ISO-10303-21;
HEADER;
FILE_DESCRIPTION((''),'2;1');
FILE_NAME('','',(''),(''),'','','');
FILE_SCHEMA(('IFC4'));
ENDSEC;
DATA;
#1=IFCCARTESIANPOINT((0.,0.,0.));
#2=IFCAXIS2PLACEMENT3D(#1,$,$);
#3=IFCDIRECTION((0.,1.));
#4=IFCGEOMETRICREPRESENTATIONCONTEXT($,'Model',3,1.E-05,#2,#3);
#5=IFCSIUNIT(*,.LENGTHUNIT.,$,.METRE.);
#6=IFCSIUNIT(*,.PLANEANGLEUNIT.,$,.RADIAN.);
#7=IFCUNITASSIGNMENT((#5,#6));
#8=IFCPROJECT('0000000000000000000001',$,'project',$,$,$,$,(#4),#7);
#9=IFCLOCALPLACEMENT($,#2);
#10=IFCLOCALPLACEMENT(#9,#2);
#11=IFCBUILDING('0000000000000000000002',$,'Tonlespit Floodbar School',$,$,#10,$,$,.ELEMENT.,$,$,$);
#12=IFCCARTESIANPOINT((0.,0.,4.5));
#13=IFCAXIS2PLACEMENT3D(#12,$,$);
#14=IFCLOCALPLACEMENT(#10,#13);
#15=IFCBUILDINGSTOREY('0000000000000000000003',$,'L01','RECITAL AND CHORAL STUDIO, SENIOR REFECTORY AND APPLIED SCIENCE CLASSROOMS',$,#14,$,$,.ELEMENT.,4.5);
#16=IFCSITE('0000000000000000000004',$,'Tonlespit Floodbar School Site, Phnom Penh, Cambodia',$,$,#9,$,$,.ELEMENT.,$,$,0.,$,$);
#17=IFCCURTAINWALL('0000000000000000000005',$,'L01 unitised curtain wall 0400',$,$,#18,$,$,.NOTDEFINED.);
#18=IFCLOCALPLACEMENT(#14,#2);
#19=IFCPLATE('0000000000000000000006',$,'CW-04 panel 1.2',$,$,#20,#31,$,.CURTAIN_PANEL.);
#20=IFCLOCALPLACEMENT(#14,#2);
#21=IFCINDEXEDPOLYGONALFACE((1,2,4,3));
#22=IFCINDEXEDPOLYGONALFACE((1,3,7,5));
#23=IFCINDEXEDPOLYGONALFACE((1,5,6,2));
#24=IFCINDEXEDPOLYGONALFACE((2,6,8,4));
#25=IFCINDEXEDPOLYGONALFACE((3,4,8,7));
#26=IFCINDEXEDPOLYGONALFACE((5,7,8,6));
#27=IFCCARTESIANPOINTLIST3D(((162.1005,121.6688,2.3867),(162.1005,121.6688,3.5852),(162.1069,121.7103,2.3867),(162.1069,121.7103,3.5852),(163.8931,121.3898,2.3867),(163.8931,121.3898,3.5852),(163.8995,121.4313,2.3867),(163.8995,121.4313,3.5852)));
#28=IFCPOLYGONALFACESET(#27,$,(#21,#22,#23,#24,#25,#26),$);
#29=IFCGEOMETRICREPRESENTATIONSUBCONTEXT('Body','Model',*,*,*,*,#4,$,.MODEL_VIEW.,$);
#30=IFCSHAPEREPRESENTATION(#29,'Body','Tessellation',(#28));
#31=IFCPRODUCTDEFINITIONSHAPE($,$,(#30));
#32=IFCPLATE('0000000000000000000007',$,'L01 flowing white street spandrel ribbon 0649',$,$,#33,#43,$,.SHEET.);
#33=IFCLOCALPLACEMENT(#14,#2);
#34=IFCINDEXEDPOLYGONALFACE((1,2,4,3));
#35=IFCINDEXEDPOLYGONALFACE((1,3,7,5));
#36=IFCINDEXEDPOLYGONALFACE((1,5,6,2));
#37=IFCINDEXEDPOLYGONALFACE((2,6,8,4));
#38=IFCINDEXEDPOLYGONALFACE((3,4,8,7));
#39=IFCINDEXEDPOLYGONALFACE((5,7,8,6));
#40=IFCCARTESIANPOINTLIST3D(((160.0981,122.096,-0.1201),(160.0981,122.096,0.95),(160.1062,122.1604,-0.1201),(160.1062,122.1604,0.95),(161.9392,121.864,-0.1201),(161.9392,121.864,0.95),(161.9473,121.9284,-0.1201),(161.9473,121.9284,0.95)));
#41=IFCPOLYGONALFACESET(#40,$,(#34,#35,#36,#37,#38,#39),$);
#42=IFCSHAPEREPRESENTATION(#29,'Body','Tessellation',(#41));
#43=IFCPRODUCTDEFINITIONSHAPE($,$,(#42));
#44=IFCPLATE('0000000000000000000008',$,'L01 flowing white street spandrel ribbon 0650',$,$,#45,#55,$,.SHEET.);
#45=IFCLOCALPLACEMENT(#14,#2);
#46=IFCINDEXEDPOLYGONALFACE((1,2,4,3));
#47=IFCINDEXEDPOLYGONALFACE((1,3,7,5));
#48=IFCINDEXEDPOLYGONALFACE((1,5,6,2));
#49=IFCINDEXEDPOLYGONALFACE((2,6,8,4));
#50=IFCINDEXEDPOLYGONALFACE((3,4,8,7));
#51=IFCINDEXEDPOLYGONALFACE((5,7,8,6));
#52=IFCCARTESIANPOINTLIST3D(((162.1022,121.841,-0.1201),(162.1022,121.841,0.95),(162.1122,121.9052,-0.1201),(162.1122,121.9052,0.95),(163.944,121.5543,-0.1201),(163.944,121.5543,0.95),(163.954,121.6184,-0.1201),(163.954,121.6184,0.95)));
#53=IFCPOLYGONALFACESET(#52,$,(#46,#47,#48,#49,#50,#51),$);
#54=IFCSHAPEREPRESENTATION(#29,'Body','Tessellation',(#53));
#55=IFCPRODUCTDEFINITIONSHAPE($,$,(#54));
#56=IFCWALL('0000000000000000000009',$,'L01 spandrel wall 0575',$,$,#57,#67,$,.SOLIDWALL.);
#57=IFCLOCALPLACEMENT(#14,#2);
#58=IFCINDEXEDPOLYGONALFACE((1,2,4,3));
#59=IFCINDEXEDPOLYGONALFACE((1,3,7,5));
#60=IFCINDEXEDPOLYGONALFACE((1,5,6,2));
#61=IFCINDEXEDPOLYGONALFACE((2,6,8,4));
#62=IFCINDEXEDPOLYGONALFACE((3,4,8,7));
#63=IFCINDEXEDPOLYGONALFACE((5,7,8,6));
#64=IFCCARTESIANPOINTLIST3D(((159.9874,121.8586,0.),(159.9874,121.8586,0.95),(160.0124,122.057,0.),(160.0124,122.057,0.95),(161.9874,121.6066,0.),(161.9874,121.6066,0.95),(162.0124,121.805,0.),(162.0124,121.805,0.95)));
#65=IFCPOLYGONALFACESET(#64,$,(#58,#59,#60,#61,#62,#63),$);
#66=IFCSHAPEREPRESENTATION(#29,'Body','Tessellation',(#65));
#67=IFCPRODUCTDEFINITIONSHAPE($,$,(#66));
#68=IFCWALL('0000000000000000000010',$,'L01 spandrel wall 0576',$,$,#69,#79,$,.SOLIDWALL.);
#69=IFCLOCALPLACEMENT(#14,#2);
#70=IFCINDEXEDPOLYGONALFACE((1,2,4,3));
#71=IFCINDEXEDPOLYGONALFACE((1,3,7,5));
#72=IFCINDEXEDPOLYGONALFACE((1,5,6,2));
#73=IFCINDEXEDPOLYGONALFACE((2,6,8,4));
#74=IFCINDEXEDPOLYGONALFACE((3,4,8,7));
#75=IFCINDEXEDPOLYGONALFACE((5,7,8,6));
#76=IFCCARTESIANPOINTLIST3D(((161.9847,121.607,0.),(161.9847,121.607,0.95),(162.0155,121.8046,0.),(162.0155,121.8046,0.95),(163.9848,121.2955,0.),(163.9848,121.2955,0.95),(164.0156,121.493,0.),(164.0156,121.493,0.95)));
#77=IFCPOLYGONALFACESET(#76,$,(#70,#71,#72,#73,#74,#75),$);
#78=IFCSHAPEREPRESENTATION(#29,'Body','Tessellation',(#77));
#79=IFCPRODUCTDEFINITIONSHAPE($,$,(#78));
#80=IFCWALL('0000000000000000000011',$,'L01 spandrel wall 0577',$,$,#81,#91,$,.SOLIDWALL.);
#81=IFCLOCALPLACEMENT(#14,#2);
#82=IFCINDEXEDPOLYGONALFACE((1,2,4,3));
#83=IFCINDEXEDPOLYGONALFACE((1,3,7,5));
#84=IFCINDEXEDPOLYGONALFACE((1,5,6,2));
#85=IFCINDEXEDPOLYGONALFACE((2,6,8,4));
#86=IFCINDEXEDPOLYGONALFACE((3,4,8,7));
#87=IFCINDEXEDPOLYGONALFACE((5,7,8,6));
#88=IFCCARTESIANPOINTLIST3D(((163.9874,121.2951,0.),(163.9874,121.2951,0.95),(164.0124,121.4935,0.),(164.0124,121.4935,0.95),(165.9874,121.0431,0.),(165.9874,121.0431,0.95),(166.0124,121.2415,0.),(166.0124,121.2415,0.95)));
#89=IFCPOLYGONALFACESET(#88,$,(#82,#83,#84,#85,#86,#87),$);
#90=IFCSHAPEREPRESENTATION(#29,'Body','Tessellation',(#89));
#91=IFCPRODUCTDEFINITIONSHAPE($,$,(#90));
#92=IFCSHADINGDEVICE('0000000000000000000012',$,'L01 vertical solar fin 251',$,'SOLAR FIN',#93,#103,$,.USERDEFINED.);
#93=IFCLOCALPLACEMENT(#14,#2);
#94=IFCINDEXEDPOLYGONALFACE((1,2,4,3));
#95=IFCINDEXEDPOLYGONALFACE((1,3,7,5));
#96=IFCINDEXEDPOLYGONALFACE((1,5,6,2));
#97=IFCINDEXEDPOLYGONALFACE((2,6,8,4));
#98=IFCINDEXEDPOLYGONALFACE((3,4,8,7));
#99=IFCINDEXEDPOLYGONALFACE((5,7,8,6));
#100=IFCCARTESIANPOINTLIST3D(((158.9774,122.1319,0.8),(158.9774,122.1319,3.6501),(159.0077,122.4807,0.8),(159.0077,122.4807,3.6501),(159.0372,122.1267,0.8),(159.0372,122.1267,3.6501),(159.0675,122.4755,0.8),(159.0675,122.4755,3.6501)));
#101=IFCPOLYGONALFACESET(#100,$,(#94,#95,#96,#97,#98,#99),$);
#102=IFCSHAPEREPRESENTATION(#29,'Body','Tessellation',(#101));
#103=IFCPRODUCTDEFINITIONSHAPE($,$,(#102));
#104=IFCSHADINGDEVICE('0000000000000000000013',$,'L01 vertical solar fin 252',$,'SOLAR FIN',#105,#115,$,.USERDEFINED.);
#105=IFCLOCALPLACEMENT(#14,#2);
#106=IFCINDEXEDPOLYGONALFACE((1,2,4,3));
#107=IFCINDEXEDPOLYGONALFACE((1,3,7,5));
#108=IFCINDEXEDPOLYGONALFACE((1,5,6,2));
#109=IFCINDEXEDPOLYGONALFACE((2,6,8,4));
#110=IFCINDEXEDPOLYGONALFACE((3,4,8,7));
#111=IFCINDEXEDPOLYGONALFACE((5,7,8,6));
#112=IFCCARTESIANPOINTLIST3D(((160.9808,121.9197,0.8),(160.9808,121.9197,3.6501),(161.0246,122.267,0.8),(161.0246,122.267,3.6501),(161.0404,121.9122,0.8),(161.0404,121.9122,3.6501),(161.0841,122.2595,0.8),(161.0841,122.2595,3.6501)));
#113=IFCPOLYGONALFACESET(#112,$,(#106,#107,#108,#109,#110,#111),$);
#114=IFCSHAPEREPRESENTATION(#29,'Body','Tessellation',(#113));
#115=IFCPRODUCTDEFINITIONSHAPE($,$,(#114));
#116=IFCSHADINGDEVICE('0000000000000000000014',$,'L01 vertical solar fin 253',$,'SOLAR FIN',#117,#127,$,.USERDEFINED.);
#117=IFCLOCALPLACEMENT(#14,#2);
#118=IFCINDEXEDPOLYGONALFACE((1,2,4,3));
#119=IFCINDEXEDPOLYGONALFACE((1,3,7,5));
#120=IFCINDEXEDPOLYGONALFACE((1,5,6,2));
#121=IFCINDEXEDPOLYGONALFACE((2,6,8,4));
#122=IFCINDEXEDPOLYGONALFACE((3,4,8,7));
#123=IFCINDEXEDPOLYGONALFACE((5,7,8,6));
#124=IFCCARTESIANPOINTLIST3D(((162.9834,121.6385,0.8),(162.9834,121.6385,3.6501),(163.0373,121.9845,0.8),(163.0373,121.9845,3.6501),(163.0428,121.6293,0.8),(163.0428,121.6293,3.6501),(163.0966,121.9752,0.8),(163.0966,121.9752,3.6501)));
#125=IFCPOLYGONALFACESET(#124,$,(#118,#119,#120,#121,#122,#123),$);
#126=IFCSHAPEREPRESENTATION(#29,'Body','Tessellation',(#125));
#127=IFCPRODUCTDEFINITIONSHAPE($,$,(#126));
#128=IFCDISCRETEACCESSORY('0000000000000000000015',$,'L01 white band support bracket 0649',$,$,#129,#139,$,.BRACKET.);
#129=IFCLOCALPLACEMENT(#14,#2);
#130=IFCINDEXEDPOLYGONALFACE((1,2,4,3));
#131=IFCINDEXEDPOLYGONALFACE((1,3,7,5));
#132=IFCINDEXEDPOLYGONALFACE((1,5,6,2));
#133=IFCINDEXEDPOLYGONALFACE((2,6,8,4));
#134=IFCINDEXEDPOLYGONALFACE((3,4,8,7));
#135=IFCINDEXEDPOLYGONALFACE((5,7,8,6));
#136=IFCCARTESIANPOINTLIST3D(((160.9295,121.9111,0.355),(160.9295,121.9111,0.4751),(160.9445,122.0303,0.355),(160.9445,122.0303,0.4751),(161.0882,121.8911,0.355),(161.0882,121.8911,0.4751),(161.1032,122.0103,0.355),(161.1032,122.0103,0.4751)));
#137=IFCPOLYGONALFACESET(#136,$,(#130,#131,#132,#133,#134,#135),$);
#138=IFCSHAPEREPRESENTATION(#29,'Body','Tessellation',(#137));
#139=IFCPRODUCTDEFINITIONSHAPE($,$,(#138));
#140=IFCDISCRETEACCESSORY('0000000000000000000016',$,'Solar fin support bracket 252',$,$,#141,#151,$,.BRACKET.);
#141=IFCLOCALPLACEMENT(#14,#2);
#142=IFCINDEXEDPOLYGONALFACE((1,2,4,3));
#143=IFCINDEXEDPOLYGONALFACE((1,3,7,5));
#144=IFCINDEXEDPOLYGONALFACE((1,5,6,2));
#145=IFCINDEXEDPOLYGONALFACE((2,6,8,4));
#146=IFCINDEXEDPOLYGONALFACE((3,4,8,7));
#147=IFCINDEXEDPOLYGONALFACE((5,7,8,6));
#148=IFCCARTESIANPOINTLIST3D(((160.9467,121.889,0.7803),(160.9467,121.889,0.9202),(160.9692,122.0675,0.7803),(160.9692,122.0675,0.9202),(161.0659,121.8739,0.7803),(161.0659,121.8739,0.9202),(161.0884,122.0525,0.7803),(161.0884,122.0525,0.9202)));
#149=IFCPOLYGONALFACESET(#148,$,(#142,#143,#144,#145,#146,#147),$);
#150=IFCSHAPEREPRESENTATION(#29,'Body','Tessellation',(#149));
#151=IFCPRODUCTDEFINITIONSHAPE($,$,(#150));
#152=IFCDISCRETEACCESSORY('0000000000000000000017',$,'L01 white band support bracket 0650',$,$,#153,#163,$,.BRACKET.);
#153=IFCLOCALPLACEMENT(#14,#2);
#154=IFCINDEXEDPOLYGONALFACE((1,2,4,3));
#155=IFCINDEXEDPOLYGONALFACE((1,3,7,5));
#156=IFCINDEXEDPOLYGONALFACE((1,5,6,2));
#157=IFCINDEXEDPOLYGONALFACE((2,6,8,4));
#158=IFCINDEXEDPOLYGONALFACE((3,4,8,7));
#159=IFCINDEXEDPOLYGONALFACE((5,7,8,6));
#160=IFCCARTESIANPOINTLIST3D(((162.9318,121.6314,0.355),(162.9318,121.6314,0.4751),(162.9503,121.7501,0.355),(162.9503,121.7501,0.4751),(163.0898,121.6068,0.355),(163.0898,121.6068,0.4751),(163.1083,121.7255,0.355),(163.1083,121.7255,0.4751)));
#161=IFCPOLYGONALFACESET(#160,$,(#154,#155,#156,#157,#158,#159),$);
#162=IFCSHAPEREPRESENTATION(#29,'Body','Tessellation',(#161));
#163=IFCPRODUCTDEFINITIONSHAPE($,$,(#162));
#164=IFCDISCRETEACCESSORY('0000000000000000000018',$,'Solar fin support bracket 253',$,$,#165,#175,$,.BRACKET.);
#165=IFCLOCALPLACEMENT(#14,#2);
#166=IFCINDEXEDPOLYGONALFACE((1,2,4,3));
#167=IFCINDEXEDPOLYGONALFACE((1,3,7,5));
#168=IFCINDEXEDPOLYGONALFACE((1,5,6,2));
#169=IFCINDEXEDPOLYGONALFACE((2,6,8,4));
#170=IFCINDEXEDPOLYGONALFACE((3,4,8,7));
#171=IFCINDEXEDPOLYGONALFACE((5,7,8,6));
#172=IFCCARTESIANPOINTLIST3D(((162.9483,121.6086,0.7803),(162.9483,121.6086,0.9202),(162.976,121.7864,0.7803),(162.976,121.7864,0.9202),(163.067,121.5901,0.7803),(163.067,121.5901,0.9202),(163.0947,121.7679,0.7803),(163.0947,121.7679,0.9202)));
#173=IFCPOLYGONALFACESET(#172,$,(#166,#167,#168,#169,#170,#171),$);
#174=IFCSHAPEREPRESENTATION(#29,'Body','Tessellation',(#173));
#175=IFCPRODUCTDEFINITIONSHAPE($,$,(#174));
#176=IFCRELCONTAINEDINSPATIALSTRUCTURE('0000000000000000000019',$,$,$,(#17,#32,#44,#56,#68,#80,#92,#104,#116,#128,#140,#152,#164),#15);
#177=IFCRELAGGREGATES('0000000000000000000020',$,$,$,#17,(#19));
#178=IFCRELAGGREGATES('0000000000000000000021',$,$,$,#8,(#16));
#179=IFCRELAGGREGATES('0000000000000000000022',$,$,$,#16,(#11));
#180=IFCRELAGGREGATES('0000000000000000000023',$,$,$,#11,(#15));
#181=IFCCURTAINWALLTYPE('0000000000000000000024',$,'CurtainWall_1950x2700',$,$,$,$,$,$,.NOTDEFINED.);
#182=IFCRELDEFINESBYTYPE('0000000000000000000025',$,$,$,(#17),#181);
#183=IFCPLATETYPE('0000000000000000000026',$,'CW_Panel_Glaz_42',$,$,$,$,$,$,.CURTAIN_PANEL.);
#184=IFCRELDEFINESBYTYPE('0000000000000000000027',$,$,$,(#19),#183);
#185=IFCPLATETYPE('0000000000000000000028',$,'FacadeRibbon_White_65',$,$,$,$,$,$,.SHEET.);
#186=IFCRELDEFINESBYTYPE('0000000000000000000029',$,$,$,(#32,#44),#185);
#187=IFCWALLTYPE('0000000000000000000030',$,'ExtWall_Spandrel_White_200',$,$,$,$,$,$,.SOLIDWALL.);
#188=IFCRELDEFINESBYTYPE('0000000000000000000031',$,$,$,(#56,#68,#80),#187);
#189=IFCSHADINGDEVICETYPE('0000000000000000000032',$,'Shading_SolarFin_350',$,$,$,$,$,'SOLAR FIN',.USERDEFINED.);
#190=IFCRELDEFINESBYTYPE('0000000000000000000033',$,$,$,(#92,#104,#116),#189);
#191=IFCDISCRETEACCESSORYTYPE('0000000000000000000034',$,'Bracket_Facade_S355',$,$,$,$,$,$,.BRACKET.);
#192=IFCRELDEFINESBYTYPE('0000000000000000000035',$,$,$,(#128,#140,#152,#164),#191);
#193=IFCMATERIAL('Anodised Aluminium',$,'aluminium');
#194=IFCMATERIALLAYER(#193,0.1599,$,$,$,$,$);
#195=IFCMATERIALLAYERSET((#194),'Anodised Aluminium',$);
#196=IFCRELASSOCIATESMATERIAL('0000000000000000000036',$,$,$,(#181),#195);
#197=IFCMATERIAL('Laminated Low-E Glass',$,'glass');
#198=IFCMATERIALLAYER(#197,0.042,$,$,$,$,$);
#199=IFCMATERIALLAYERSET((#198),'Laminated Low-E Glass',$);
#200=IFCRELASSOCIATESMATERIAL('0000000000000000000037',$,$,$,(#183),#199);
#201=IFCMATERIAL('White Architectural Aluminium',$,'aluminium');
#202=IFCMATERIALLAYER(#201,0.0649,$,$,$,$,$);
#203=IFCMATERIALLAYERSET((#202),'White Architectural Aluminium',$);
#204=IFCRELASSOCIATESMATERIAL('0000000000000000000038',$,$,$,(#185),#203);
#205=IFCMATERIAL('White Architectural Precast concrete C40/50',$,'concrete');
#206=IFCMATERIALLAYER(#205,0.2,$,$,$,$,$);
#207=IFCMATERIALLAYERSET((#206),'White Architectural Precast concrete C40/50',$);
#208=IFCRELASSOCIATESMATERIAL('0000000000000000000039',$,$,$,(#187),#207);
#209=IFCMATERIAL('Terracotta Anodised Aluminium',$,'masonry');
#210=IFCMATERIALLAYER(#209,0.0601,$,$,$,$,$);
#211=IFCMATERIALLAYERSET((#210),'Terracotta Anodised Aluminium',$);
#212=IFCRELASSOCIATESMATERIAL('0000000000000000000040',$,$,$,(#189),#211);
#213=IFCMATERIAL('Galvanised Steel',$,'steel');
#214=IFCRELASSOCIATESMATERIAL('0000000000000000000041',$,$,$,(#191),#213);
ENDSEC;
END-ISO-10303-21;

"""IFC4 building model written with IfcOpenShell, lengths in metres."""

from ifc_helpers import new_model, si_unit, direction, frame, frame_2d, origin, origin_2d, place, context, subcontext, project, spatial, rectangle, extrude, material, layer, layer_set, type_object, element, aggregate, save


model = new_model("IFC4")

# Units and contexts
model_context = context("Model", 3, precision=1e-05, world=origin(), true_north=direction((0.0, 1.0)))
body_context = subcontext(model_context, "Body", "Model", "MODEL_VIEW")
ifc_project = project(units=[si_unit("LENGTHUNIT", "METRE"), si_unit("PLANEANGLEUNIT", "RADIAN")], contexts=[model_context])

# Site, building, storey
site_placement = place(None, origin())
site = spatial("IfcSite", under=ifc_project, at=site_placement, Name="Tonlespit Floodbar School Site, Phnom Penh, Cambodia", CompositionType="ELEMENT", RefElevation=0.0)
building_placement = place(site_placement, origin())
building = spatial("IfcBuilding", under=site, at=building_placement, Name="Tonlespit Floodbar School", CompositionType="ELEMENT")
storey_placement = place(building_placement, frame((0.0, 0.0, 4.5)))
storey = spatial("IfcBuildingStorey", under=building, at=storey_placement, Name="L01", Description="RECITAL AND CHORAL STUDIO, SENIOR REFECTORY AND APPLIED SCIENCE CLASSROOMS", CompositionType="ELEMENT", Elevation=4.5)

# Shared definitions
ifc_material_1 = material(Name="Anodised Aluminium", Category="aluminium")
ifc_layer_1 = layer(ifc_material_1, 0.1599)
ifc_layer_set_1 = layer_set([ifc_layer_1], Name="Anodised Aluminium")
curtain_wall_type = type_object("IfcCurtainWallType", Name="CurtainWall_1950x2700", PredefinedType="NOTDEFINED", material=ifc_layer_set_1)

# Curtain wall
curtain_wall_1_placement = place(storey_placement, origin())
curtain_wall_1 = element("IfcCurtainWall", 1, at=curtain_wall_1_placement, inside=storey, type_object=curtain_wall_type, Name="L01 unitised curtain wall 0400", PredefinedType="NOTDEFINED")

# Plate
ifc_material_2 = material(Name="Laminated Low-E Glass", Category="glass")
ifc_layer_2 = layer(ifc_material_2, 0.042)
ifc_layer_set_2 = layer_set([ifc_layer_2], Name="Laminated Low-E Glass")
plate_type_1 = type_object("IfcPlateType", Name="CW_Panel_Glaz_42", PredefinedType="CURTAIN_PANEL", material=ifc_layer_set_2)
plate_1_placement = place(storey_placement, frame((163.0, 121.55, 2.3867), z_axis=(0.0, 0.0, 1.0), x_axis=(0.988103, -0.153796, 0.0)))
plate_1 = element("IfcPlate", 2, at=plate_1_placement, type_object=plate_type_1, Name="CW-04 panel 1.2", PredefinedType="CURTAIN_PANEL", context=body_context, shape_type="SweptSolid", body=[
    extrude(rectangle(XDim=1.8142, YDim=0.042, at=origin_2d()), origin(), (0.0, 0.0, 1.0), 1.1985),
])
aggregate(curtain_wall_1, [plate_1])

# Plates
ifc_material_3 = material(Name="White Architectural Aluminium", Category="aluminium")
ifc_layer_3 = layer(ifc_material_3, 0.0649)
ifc_layer_set_3 = layer_set([ifc_layer_3], Name="White Architectural Aluminium")
plate_type_2 = type_object("IfcPlateType", Name="FacadeRibbon_White_65", PredefinedType="SHEET", material=ifc_layer_set_3)
plate_2_placement = place(storey_placement, frame((161.0227, 122.0122, -0.1201), z_axis=(0.0, 0.0, 1.0), x_axis=(0.992155, -0.125011, 0.0)))
element("IfcPlate", 3, at=plate_2_placement, inside=storey, type_object=plate_type_2, Name="L01 flowing white street spandrel ribbon 0649", PredefinedType="SHEET", context=body_context, shape_type="SweptSolid", body=[
    extrude(rectangle(XDim=1.8557, YDim=0.0649, at=origin_2d()), origin(), (0.0, 0.0, 1.0), 1.0701),
])
plate_3_placement = place(storey_placement, frame((163.0281, 121.7297, -0.1201), z_axis=(0.0, 0.0, 1.0), x_axis=(0.988095, -0.153846, 0.0)))
element("IfcPlate", 4, at=plate_3_placement, inside=storey, type_object=plate_type_2, Name="L01 flowing white street spandrel ribbon 0650", PredefinedType="SHEET", context=body_context, shape_type="SweptSolid", body=[
    extrude(rectangle(XDim=1.864, YDim=0.0649, at=origin_2d()), origin(), (0.0, 0.0, 1.0), 1.0701),
])

# Walls
ifc_material_4 = material(Name="White Architectural Precast concrete C40/50", Category="concrete")
ifc_layer_4 = layer(ifc_material_4, 0.2)
ifc_layer_set_4 = layer_set([ifc_layer_4], Name="White Architectural Precast concrete C40/50")
wall_type = type_object("IfcWallType", Name="ExtWall_Spandrel_White_200", PredefinedType="SOLIDWALL", material=ifc_layer_set_4)
wall_1_placement = place(storey_placement, frame((160.0, 121.9578, 0.0), z_axis=(0.0, 0.0, 1.0), x_axis=(0.992158, -0.124989, 0.0)))
element("IfcWall", 5, at=wall_1_placement, inside=storey, type_object=wall_type, Name="L01 spandrel wall 0575", PredefinedType="SOLIDWALL", context=body_context, shape_type="SweptSolid", body=[
    extrude(rectangle(XDim=2.0159, YDim=0.2, at=frame_2d((1.0078, 0.0))), origin(), (0.0, 0.0, 1.0), 0.95),
])
wall_2_placement = place(storey_placement, frame((162.0, 121.7058, 0.0), z_axis=(0.0, 0.0, 1.0), x_axis=(0.988086, -0.153906, 0.0)))
element("IfcWall", 6, at=wall_2_placement, inside=storey, type_object=wall_type, Name="L01 spandrel wall 0576", PredefinedType="SOLIDWALL", context=body_context, shape_type="SweptSolid", body=[
    extrude(rectangle(XDim=2.0242, YDim=0.2, at=frame_2d((1.0122, 0.0))), origin(), (0.0, 0.0, 1.0), 0.95),
])
wall_3_placement = place(storey_placement, frame((164.0, 121.3943, 0.0), z_axis=(0.0, 0.0, 1.0), x_axis=(0.992158, -0.124989, 0.0)))
element("IfcWall", 7, at=wall_3_placement, inside=storey, type_object=wall_type, Name="L01 spandrel wall 0577", PredefinedType="SOLIDWALL", context=body_context, shape_type="SweptSolid", body=[
    extrude(rectangle(XDim=2.0159, YDim=0.2, at=frame_2d((1.0078, 0.0))), origin(), (0.0, 0.0, 1.0), 0.95),
])

# Shading devices
ifc_material_5 = material(Name="Terracotta Anodised Aluminium", Category="masonry")
ifc_layer_5 = layer(ifc_material_5, 0.0601)
ifc_layer_set_5 = layer_set([ifc_layer_5], Name="Terracotta Anodised Aluminium")
shading_device_type = type_object("IfcShadingDeviceType", Name="Shading_SolarFin_350", ElementType="SOLAR FIN", PredefinedType="USERDEFINED", material=ifc_layer_set_5)
for number, where, z_axis, x_axis, name in (
    (8, (159.0225, 122.3037, 0.8), (0.0, 0.0, 1.0), (0.996245, -0.086573, 0.0), "L01 vertical solar fin 251"),
    (9, (161.0325, 122.0896, 0.8), (0.0, 0.0, 1.0), (0.992155, -0.125011, 0.0), "L01 vertical solar fin 252"),
    (10, (163.04, 121.8069, 0.8), (0.0, 0.0, 1.0), (0.988095, -0.153846, 0.0), "L01 vertical solar fin 253"),
):
    element("IfcShadingDevice", number, at=place(storey_placement, frame(where, z_axis=z_axis, x_axis=x_axis)), inside=storey, type_object=shading_device_type, Name=name, ObjectType="SOLAR FIN", PredefinedType="USERDEFINED", context=body_context, shape_type="SweptSolid", body=[
        extrude(rectangle(XDim=0.0601, YDim=0.3501, at=origin_2d()), origin(), (0.0, 0.0, 1.0), 2.8501),
    ])

# Discrete accessories
ifc_material_6 = material(Name="Galvanised Steel", Category="steel")
discrete_accessory_type = type_object("IfcDiscreteAccessoryType", Name="Bracket_Facade_S355", PredefinedType="BRACKET", material=ifc_material_6)
discrete_accessory_1_placement = place(storey_placement, frame((161.0164, 121.9607, 0.355), z_axis=(0.0, 0.0, 1.0), x_axis=(0.992155, -0.125011, 0.0)))
element("IfcDiscreteAccessory", 11, at=discrete_accessory_1_placement, inside=storey, type_object=discrete_accessory_type, Name="L01 white band support bracket 0649", PredefinedType="BRACKET", context=body_context, shape_type="SweptSolid", body=[
    extrude(rectangle(XDim=0.1599, YDim=0.1201, at=origin_2d()), origin(), (0.0, 0.0, 1.0), 0.1201),
])
discrete_accessory_2_placement = place(storey_placement, frame((161.0176, 121.9707, 0.7803), z_axis=(0.0, 0.0, 1.0), x_axis=(0.992155, -0.125011, 0.0)))
element("IfcDiscreteAccessory", 12, at=discrete_accessory_2_placement, inside=storey, type_object=discrete_accessory_type, Name="Solar fin support bracket 252", PredefinedType="BRACKET", context=body_context, shape_type="SweptSolid", body=[
    extrude(rectangle(XDim=0.1201, YDim=0.1799, at=origin_2d()), origin(), (0.0, 0.0, 1.0), 0.1399),
])
discrete_accessory_3_placement = place(storey_placement, frame((163.02, 121.6785, 0.355), z_axis=(0.0, 0.0, 1.0), x_axis=(0.988095, -0.153846, 0.0)))
element("IfcDiscreteAccessory", 13, at=discrete_accessory_3_placement, inside=storey, type_object=discrete_accessory_type, Name="L01 white band support bracket 0650", PredefinedType="BRACKET", context=body_context, shape_type="SweptSolid", body=[
    extrude(rectangle(XDim=0.1599, YDim=0.1201, at=origin_2d()), origin(), (0.0, 0.0, 1.0), 0.1201),
])
discrete_accessory_4_placement = place(storey_placement, frame((163.0215, 121.6882, 0.7803), z_axis=(0.0, 0.0, 1.0), x_axis=(0.988095, -0.153846, 0.0)))
element("IfcDiscreteAccessory", 14, at=discrete_accessory_4_placement, inside=storey, type_object=discrete_accessory_type, Name="Solar fin support bracket 253", PredefinedType="BRACKET", context=body_context, shape_type="SweptSolid", body=[
    extrude(rectangle(XDim=0.1201, YDim=0.1799, at=origin_2d()), origin(), (0.0, 0.0, 1.0), 0.1399),
])

save(model, "model.ifc")
